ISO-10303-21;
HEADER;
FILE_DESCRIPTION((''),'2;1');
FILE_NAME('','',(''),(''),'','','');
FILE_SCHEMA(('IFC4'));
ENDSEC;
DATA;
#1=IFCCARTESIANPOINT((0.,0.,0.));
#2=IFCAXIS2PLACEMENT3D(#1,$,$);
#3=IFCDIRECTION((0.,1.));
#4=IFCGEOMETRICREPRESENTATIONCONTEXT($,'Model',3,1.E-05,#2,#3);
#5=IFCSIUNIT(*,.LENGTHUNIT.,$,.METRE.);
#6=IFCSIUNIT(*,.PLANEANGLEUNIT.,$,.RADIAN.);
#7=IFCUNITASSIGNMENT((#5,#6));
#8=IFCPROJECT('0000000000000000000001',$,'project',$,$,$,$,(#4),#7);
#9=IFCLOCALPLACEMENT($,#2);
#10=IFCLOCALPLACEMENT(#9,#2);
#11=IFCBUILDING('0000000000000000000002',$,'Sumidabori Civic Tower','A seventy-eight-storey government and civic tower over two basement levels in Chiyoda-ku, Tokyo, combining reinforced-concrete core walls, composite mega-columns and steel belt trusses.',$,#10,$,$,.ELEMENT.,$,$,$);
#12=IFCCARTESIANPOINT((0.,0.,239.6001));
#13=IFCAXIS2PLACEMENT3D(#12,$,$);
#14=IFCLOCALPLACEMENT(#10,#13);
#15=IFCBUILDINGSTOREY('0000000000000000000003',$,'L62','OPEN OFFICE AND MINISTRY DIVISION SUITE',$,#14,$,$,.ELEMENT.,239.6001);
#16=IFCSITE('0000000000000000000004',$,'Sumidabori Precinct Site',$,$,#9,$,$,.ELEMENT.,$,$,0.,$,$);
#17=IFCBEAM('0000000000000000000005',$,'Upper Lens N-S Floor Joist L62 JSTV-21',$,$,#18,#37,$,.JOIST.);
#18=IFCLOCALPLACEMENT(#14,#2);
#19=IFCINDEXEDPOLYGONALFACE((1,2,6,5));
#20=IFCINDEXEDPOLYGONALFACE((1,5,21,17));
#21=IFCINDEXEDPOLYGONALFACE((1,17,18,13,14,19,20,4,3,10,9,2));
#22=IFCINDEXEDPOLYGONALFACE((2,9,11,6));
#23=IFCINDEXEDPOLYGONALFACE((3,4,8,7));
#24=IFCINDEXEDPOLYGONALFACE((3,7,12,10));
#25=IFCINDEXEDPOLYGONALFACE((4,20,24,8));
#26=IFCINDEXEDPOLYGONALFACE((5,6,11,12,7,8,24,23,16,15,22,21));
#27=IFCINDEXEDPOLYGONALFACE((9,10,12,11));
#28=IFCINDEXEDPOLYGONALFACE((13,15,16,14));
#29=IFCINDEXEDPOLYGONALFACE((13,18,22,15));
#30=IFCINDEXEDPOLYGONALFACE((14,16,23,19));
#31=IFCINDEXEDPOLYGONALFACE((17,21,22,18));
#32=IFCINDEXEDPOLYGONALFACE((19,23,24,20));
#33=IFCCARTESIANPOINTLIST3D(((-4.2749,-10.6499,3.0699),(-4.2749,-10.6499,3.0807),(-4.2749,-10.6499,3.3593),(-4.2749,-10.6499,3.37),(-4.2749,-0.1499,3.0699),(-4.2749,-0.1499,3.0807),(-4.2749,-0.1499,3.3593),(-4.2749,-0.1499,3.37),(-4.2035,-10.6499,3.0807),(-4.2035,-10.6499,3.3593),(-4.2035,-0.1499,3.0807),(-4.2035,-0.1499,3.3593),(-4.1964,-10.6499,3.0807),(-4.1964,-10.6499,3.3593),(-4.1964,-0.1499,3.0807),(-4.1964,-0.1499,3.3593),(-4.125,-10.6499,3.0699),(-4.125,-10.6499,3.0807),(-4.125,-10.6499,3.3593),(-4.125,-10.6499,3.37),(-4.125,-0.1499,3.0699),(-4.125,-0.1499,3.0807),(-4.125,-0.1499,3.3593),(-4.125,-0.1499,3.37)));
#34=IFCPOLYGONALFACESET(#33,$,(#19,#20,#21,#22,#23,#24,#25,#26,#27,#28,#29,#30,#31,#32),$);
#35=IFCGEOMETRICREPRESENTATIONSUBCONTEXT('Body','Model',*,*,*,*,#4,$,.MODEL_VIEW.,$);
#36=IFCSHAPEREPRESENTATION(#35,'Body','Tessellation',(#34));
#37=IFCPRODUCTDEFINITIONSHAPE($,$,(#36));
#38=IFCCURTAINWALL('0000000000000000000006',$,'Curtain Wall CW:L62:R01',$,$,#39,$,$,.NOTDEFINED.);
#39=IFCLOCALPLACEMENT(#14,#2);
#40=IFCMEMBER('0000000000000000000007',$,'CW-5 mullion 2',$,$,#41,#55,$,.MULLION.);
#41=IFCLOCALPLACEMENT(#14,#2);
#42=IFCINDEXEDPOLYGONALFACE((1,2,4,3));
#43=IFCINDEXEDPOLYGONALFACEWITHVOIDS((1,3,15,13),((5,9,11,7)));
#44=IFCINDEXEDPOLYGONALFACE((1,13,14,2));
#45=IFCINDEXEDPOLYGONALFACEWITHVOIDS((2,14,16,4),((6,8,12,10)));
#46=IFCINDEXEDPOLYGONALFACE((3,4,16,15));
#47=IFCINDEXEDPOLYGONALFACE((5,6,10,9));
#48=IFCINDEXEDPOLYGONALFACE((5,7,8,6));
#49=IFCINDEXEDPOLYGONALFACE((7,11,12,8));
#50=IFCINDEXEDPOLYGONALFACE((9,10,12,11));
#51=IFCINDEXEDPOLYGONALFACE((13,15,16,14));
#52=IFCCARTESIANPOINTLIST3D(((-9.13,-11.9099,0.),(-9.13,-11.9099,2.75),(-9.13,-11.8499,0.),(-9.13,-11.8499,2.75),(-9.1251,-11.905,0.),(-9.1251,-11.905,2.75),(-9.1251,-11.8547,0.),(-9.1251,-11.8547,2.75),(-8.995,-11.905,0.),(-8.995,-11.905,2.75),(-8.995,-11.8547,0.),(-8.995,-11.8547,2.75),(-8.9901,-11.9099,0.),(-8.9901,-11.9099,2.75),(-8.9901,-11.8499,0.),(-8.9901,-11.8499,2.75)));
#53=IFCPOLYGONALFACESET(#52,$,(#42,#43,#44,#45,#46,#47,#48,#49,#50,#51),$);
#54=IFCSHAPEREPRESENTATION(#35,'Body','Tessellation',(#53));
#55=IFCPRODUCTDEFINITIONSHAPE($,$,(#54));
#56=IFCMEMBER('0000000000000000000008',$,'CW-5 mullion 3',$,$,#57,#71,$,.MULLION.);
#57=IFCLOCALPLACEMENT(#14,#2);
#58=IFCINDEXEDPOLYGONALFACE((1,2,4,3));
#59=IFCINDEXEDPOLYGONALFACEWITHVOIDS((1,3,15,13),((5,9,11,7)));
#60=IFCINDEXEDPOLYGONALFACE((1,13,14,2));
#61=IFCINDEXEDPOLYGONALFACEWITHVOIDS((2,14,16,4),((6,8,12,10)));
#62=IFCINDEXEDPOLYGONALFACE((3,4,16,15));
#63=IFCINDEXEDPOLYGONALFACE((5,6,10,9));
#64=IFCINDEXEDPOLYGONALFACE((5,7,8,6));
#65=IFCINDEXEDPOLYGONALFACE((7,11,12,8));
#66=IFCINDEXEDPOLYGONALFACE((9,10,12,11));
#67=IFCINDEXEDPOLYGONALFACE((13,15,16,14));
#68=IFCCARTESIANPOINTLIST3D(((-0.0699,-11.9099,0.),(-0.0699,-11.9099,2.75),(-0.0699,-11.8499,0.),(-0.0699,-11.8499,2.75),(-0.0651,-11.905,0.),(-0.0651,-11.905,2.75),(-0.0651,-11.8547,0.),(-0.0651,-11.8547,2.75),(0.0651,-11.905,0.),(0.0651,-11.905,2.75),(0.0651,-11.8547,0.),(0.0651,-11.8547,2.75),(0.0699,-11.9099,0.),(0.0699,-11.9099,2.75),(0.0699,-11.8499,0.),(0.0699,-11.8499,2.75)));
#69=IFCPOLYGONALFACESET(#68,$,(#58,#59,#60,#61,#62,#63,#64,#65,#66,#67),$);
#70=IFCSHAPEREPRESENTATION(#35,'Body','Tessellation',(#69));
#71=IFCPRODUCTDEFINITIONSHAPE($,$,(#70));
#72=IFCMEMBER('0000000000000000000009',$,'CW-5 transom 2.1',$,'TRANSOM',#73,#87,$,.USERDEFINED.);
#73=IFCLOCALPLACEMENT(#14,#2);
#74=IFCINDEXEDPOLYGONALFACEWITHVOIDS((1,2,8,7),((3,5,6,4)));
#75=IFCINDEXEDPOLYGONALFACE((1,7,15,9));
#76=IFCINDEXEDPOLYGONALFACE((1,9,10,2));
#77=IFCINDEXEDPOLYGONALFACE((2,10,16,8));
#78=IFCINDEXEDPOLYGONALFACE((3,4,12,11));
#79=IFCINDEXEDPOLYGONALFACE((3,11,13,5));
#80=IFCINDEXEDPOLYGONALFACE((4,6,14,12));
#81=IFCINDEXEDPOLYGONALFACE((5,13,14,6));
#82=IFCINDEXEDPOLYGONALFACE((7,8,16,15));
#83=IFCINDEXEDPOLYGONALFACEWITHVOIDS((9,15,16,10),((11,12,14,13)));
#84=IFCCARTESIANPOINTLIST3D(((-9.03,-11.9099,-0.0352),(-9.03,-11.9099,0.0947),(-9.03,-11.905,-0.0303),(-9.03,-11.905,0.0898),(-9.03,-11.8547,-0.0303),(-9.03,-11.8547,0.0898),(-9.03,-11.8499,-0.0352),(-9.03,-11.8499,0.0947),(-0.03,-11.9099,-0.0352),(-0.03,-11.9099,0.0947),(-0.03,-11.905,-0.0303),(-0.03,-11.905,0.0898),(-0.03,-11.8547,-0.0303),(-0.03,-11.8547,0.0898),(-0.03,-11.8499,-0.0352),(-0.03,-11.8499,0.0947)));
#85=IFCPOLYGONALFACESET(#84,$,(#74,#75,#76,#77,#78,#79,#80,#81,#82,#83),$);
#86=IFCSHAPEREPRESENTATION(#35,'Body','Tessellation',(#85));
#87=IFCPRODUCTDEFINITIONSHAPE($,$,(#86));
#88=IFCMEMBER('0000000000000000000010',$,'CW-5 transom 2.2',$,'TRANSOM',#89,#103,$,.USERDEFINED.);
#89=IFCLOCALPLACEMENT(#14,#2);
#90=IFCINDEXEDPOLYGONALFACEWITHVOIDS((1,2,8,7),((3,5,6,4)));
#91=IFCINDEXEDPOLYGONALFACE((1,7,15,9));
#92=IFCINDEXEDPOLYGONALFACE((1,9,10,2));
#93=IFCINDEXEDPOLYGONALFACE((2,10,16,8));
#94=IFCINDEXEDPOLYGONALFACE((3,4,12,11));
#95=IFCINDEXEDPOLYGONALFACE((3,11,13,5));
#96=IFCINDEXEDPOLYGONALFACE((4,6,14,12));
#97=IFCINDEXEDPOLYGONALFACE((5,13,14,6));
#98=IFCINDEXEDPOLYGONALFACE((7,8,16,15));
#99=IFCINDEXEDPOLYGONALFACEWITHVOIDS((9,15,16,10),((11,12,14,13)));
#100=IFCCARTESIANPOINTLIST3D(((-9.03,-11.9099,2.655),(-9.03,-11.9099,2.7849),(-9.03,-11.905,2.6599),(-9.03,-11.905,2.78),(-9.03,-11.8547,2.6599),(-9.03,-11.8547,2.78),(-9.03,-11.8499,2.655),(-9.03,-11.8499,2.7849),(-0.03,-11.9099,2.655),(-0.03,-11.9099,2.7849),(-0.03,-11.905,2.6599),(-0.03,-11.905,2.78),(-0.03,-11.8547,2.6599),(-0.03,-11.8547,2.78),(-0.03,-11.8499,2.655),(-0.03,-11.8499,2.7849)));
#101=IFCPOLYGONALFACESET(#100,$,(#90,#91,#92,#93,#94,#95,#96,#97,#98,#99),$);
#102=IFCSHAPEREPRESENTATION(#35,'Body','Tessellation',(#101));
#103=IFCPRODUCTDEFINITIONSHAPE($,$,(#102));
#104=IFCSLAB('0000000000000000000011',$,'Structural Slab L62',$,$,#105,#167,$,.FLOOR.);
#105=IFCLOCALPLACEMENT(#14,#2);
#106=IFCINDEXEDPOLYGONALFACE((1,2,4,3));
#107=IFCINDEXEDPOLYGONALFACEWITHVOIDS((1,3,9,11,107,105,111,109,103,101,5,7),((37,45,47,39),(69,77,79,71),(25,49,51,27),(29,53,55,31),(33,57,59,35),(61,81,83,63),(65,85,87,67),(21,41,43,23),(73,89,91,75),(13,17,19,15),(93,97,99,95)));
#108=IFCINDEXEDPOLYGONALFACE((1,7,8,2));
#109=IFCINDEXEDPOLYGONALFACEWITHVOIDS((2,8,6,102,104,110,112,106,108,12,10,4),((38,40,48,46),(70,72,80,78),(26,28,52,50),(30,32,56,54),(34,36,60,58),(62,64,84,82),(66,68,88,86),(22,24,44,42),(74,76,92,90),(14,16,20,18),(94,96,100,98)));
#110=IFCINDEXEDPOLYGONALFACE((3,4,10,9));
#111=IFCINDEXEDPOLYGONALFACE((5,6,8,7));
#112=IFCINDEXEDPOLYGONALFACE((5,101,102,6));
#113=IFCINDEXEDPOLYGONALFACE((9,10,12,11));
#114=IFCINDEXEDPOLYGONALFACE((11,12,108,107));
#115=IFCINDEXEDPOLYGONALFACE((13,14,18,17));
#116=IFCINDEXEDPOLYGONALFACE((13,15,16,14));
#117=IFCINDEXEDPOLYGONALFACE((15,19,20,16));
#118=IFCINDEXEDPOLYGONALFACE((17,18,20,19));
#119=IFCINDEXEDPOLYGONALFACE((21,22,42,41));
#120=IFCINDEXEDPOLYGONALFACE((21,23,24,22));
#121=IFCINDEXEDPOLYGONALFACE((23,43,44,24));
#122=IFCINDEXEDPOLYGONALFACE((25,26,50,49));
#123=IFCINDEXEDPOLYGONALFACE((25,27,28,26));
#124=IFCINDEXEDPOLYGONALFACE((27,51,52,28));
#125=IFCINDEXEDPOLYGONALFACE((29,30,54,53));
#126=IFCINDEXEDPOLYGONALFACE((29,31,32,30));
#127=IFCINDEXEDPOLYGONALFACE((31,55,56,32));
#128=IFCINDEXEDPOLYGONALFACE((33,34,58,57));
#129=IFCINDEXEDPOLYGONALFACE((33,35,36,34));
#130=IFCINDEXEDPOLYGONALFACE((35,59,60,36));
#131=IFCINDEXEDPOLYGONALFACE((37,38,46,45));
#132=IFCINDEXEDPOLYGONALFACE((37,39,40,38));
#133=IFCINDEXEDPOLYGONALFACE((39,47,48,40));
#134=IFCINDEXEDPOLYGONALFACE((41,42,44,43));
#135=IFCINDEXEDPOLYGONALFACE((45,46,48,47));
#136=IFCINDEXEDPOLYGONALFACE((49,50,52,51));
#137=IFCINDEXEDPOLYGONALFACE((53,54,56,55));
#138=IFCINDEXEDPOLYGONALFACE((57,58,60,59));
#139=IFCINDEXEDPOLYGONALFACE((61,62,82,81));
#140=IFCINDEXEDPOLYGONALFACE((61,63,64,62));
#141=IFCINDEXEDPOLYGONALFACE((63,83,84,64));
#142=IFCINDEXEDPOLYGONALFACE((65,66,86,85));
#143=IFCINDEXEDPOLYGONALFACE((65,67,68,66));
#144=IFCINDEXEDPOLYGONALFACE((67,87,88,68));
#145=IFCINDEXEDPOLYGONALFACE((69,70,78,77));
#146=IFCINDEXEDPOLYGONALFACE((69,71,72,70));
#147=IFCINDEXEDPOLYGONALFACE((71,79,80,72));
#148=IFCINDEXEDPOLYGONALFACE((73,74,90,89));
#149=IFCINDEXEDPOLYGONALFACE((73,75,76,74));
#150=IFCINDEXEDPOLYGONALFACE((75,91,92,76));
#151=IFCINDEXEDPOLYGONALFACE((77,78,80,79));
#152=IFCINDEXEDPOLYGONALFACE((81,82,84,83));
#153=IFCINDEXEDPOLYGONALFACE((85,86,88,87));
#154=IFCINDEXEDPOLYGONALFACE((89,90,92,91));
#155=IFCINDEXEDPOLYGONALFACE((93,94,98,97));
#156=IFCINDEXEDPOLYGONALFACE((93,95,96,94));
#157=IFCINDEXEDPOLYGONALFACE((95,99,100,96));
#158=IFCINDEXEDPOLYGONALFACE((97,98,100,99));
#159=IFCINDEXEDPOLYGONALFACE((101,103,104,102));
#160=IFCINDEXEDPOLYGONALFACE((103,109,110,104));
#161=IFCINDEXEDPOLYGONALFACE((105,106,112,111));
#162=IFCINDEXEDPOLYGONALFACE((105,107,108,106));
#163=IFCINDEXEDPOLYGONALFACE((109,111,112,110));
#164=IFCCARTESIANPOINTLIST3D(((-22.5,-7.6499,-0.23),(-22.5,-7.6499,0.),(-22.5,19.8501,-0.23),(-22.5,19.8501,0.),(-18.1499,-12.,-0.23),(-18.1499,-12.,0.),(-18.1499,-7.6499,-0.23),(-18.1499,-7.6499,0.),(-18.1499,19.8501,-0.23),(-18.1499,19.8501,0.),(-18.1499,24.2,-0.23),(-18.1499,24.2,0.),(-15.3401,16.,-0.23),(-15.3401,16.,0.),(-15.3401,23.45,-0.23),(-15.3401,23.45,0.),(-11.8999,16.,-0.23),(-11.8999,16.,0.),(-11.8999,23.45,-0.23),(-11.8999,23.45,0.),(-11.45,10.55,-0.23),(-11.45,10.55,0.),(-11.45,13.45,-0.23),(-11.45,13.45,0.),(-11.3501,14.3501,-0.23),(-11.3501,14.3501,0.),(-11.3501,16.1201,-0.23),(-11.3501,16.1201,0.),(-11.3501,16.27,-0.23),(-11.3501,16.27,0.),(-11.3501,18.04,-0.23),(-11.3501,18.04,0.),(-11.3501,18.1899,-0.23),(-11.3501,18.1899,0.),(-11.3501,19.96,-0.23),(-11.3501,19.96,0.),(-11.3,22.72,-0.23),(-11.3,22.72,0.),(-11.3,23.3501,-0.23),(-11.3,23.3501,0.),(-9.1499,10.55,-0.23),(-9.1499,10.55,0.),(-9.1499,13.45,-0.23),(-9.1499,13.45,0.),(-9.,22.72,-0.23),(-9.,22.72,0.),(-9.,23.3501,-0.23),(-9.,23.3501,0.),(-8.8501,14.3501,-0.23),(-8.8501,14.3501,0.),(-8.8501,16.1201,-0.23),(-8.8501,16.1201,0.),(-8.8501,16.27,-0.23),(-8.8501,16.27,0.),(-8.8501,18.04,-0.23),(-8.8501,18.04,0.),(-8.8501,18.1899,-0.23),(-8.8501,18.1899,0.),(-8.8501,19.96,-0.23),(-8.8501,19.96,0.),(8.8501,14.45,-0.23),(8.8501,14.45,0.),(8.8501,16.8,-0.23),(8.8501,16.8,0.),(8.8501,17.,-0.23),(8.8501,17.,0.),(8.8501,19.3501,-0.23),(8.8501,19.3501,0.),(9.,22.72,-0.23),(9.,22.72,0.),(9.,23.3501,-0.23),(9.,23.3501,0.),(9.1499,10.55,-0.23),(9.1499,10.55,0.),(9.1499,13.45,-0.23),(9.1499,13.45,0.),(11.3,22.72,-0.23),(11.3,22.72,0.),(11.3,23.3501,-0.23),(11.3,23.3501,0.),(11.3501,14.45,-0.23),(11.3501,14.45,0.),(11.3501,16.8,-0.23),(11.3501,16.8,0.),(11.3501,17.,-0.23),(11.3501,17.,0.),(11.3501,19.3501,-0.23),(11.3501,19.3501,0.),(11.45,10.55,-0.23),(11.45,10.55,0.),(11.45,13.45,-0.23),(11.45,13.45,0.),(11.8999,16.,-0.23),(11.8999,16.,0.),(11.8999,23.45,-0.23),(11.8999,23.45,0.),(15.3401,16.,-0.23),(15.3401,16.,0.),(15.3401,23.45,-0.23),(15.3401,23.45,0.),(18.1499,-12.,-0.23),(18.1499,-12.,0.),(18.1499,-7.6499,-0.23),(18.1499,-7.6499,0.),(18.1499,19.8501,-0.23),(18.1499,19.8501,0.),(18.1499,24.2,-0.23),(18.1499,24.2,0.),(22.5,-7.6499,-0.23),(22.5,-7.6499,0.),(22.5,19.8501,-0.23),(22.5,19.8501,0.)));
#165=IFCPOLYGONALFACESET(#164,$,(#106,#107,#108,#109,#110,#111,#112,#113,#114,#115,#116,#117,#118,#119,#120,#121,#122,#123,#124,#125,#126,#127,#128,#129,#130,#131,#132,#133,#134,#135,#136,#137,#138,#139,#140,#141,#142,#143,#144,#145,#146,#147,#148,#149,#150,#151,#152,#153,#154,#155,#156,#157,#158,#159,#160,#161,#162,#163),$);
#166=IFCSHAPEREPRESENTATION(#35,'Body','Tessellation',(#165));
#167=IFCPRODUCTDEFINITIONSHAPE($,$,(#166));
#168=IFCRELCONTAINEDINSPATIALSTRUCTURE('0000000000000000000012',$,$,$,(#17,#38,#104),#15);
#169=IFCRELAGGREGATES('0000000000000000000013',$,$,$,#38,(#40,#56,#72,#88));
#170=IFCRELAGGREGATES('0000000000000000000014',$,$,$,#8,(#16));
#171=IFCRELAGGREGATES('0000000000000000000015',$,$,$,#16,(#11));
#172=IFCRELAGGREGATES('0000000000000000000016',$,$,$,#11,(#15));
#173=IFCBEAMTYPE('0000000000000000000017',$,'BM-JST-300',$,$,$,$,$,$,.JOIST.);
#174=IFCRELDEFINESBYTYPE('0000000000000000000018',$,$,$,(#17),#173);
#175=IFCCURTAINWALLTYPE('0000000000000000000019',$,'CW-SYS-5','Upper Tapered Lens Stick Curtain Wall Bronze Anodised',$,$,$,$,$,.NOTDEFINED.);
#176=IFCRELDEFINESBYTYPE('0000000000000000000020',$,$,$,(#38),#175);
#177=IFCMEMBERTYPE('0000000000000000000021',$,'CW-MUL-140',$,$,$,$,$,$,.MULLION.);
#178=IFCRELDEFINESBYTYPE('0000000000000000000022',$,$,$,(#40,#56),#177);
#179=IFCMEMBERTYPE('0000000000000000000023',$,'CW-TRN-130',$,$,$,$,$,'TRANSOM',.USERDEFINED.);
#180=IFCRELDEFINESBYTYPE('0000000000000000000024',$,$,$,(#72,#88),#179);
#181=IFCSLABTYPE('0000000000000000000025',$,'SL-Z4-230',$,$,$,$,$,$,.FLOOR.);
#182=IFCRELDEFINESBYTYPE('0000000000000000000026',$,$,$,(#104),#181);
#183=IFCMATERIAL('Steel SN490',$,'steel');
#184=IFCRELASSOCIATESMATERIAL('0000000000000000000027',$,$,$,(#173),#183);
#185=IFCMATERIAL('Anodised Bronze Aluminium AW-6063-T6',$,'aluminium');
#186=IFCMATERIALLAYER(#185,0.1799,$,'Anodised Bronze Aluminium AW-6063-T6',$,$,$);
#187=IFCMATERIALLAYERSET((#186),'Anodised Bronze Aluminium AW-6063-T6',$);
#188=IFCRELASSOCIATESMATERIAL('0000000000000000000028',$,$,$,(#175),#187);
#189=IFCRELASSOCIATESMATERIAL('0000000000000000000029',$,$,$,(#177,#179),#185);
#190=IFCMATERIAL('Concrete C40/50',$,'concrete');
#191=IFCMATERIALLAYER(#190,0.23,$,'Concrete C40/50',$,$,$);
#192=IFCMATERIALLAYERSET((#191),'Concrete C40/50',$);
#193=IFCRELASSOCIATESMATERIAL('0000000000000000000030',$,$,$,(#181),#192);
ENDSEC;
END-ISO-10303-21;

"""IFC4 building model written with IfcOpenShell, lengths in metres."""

from ifc_helpers import new_model, si_unit, direction, frame, origin, origin_2d, place, context, subcontext, project, spatial, polyline, hollow_rectangle, i_section, outline, extrude, source, transform, mapped, material, layer, layer_set, material_profile, profile_set, type_object, element, aggregate, save


model = new_model("IFC4")

# Units and contexts
model_context = context("Model", 3, precision=1e-05, world=origin(), true_north=direction((0.0, 1.0)))
body_context = subcontext(model_context, "Body", "Model", "MODEL_VIEW")
ifc_project = project(units=[si_unit("LENGTHUNIT", "METRE"), si_unit("PLANEANGLEUNIT", "RADIAN")], contexts=[model_context])

# Site, building, storey
site_placement = place(None, origin())
site = spatial("IfcSite", under=ifc_project, at=site_placement, Name="Sumidabori Precinct Site", CompositionType="ELEMENT", RefElevation=0.0)
building_placement = place(site_placement, origin())
building = spatial("IfcBuilding", under=site, at=building_placement, Name="Sumidabori Civic Tower", Description="A seventy-eight-storey government and civic tower over two basement levels in Chiyoda-ku, Tokyo, combining reinforced-concrete core walls, composite mega-columns and steel belt trusses.", CompositionType="ELEMENT")
storey_placement = place(building_placement, frame((0.0, 0.0, 239.6001)))
storey = spatial("IfcBuildingStorey", under=building, at=storey_placement, Name="L62", Description="OPEN OFFICE AND MINISTRY DIVISION SUITE", CompositionType="ELEMENT", Elevation=239.6001)

# Shared definitions
ifc_material_1 = material(Name="Steel SN490", Category="steel")

# Beam
ifc_material_profile_1 = material_profile(ifc_material_1, i_section(OverallWidth=0.1499, OverallDepth=0.3, WebThickness=0.0071, FlangeThickness=0.0107, at=origin_2d()), Name="IPE 300")
ifc_profile_set_1 = profile_set([ifc_material_profile_1], Name="Steel SN490")
beam_type_1 = type_object("IfcBeamType", Name="BM-JST-300", PredefinedType="JOIST", material=ifc_profile_set_1)
shared_shape_1 = source(origin(), body_context, "Body", "SweptSolid", [
    extrude(i_section(OverallWidth=0.1499, OverallDepth=0.3, WebThickness=0.0071, FlangeThickness=0.0107, at=origin_2d()), origin(), (0.0, 0.0, 1.0), 10.5),
])
for number, where, z_axis, x_axis, name in (
    (1, (-4.2, -10.6499, 3.22), (0.0, 1.0, 0.0), (-1.0, 0.0, 0.0), "Upper Lens N-S Floor Joist L62 JSTV-21"),
):
    element("IfcBeam", number, at=place(storey_placement, frame(where, z_axis=z_axis, x_axis=x_axis)), inside=storey, type_object=beam_type_1, Name=name, PredefinedType="JOIST", context=body_context, shape_type="MappedRepresentation", body=[
        mapped(shared_shape_1, transform((0.0, 0.0, 0.0), x_axis=(1.0, 0.0, 0.0), y_axis=(0.0, 1.0, 0.0), z_axis=(0.0, 0.0, 1.0), scale=1.0)),
    ])

# Curtain wall, members
ifc_material_2 = material(Name="Anodised Bronze Aluminium AW-6063-T6", Category="aluminium")
ifc_layer_1 = layer(ifc_material_2, 0.1799, Name="Anodised Bronze Aluminium AW-6063-T6")
ifc_layer_set_1 = layer_set([ifc_layer_1], Name="Anodised Bronze Aluminium AW-6063-T6")
curtain_wall_type = type_object("IfcCurtainWallType", Name="CW-SYS-5", Description="Upper Tapered Lens Stick Curtain Wall Bronze Anodised", PredefinedType="NOTDEFINED", material=ifc_layer_set_1)
curtain_wall_placement = place(storey_placement, origin())
curtain_wall = element("IfcCurtainWall", 2, at=curtain_wall_placement, inside=storey, type_object=curtain_wall_type, Name="Curtain Wall CW:L62:R01", PredefinedType="NOTDEFINED")
ifc_material_profile_2 = material_profile(ifc_material_2, hollow_rectangle(XDim=0.0601, YDim=0.1399, WallThickness=0.0049, at=origin_2d()), Name="ALU MULLION 140x60")
ifc_profile_set_2 = profile_set([ifc_material_profile_2], Name="Anodised Bronze Aluminium AW-6063-T6")
member_type_1 = type_object("IfcMemberType", Name="CW-MUL-140", PredefinedType="MULLION", material=ifc_profile_set_2)
shared_shape_2 = source(origin(), body_context, "Body", "SweptSolid", [
    extrude(hollow_rectangle(XDim=0.0601, YDim=0.1399, WallThickness=0.0049, at=origin_2d()), origin(), (0.0, 0.0, 1.0), 2.75),
])
member_1_placement = place(storey_placement, frame((-9.0601, -11.8799, 0.0), z_axis=(0.0, 0.0, 1.0), x_axis=(0.0, 1.0, 0.0)))
member_1 = element("IfcMember", 3, at=member_1_placement, type_object=member_type_1, Name="CW-5 mullion 2", PredefinedType="MULLION", context=body_context, shape_type="MappedRepresentation", body=[
    mapped(shared_shape_2, transform((0.0, 0.0, 0.0), x_axis=(1.0, 0.0, 0.0), y_axis=(0.0, 1.0, 0.0), z_axis=(0.0, 0.0, 1.0), scale=1.0)),
])
member_2_placement = place(storey_placement, frame((0.0, -11.8799, 0.0), z_axis=(0.0, 0.0, 1.0), x_axis=(0.0, 1.0, 0.0)))
member_2 = element("IfcMember", 4, at=member_2_placement, type_object=member_type_1, Name="CW-5 mullion 3", PredefinedType="MULLION", context=body_context, shape_type="MappedRepresentation", body=[
    mapped(shared_shape_2, transform((0.0, 0.0, 0.0), x_axis=(1.0, 0.0, 0.0), y_axis=(0.0, 1.0, 0.0), z_axis=(0.0, 0.0, 1.0), scale=1.0)),
])
ifc_material_profile_3 = material_profile(ifc_material_2, hollow_rectangle(XDim=0.0601, YDim=0.1299, WallThickness=0.0049, at=origin_2d()), Name="ALU TRANSOM 130x60")
ifc_profile_set_3 = profile_set([ifc_material_profile_3], Name="Anodised Bronze Aluminium AW-6063-T6")
member_type_2 = type_object("IfcMemberType", Name="CW-TRN-130", ElementType="TRANSOM", PredefinedType="USERDEFINED", material=ifc_profile_set_3)
shared_shape_3 = source(origin(), body_context, "Body", "SweptSolid", [
    extrude(hollow_rectangle(XDim=0.0601, YDim=0.1299, WallThickness=0.0049, at=origin_2d()), origin(), (0.0, 0.0, 1.0), 9.0),
])
member_3_placement = place(storey_placement, frame((-9.03, -11.8799, 0.0298), z_axis=(1.0, 0.0, 0.0), x_axis=(0.0, 1.0, 0.0)))
member_3 = element("IfcMember", 5, at=member_3_placement, type_object=member_type_2, Name="CW-5 transom 2.1", ObjectType="TRANSOM", PredefinedType="USERDEFINED", context=body_context, shape_type="MappedRepresentation", body=[
    mapped(shared_shape_3, transform((0.0, 0.0, 0.0), x_axis=(1.0, 0.0, 0.0), y_axis=(0.0, 1.0, 0.0), z_axis=(0.0, 0.0, 1.0), scale=1.0)),
])
member_4_placement = place(storey_placement, frame((-9.03, -11.8799, 2.72), z_axis=(1.0, 0.0, 0.0), x_axis=(0.0, 1.0, 0.0)))
member_4 = element("IfcMember", 6, at=member_4_placement, type_object=member_type_2, Name="CW-5 transom 2.2", ObjectType="TRANSOM", PredefinedType="USERDEFINED", context=body_context, shape_type="MappedRepresentation", body=[
    mapped(shared_shape_3, transform((0.0, 0.0, 0.0), x_axis=(1.0, 0.0, 0.0), y_axis=(0.0, 1.0, 0.0), z_axis=(0.0, 0.0, 1.0), scale=1.0)),
])

# Slab
ifc_material_3 = material(Name="Concrete C40/50", Category="concrete")
ifc_layer_2 = layer(ifc_material_3, 0.23, Name="Concrete C40/50")
ifc_layer_set_2 = layer_set([ifc_layer_2], Name="Concrete C40/50")
slab_type = type_object("IfcSlabType", Name="SL-Z4-230", PredefinedType="FLOOR", material=ifc_layer_set_2)
slab_placement = place(storey_placement, frame((0.0, 0.0, -0.23)))
element("IfcSlab", 7, at=slab_placement, inside=storey, type_object=slab_type, Name="Structural Slab L62", PredefinedType="FLOOR", context=body_context, shape_type="SweptSolid", body=[
    extrude(outline(polyline([(-18.1499, -12.0), (18.1499, -12.0), (18.1499, -7.6499), (22.5, -7.6499), (22.5, 19.8501), (18.1499, 19.8501), (18.1499, 24.2), (-18.1499, 24.2), (-18.1499, 19.8501), (-22.5, 19.8501), (-22.5, -7.6499), (-18.1499, -7.6499), (-18.1499, -12.0)]), holes=[polyline([(-11.8999, 16.0), (-11.8999, 23.45), (-15.3401, 23.45), (-15.3401, 16.0), (-11.8999, 16.0)]), polyline([(15.3401, 16.0), (15.3401, 23.45), (11.8999, 23.45), (11.8999, 16.0), (15.3401, 16.0)]), polyline([(-11.45, 10.55), (-9.1499, 10.55), (-9.1499, 13.45), (-11.45, 13.45), (-11.45, 10.55)]), polyline([(9.1499, 10.55), (11.45, 10.55), (11.45, 13.45), (9.1499, 13.45), (9.1499, 10.55)]), polyline([(-11.3501, 14.3501), (-8.8501, 14.3501), (-8.8501, 16.1201), (-11.3501, 16.1201), (-11.3501, 14.3501)]), polyline([(-11.3501, 16.27), (-8.8501, 16.27), (-8.8501, 18.04), (-11.3501, 18.04), (-11.3501, 16.27)]), polyline([(-11.3501, 18.1899), (-8.8501, 18.1899), (-8.8501, 19.96), (-11.3501, 19.96), (-11.3501, 18.1899)]), polyline([(8.8501, 14.45), (11.3501, 14.45), (11.3501, 16.8), (8.8501, 16.8), (8.8501, 14.45)]), polyline([(8.8501, 17.0), (11.3501, 17.0), (11.3501, 19.3501), (8.8501, 19.3501), (8.8501, 17.0)]), polyline([(-11.3, 22.72), (-9.0, 22.72), (-9.0, 23.3501), (-11.3, 23.3501), (-11.3, 22.72)]), polyline([(9.0, 22.72), (11.3, 22.72), (11.3, 23.3501), (9.0, 23.3501), (9.0, 22.72)])]), origin(), (0.0, 0.0, 1.0), 0.23),
])

aggregate(curtain_wall, [member_1, member_2, member_3, member_4])

save(model, "model.ifc")
